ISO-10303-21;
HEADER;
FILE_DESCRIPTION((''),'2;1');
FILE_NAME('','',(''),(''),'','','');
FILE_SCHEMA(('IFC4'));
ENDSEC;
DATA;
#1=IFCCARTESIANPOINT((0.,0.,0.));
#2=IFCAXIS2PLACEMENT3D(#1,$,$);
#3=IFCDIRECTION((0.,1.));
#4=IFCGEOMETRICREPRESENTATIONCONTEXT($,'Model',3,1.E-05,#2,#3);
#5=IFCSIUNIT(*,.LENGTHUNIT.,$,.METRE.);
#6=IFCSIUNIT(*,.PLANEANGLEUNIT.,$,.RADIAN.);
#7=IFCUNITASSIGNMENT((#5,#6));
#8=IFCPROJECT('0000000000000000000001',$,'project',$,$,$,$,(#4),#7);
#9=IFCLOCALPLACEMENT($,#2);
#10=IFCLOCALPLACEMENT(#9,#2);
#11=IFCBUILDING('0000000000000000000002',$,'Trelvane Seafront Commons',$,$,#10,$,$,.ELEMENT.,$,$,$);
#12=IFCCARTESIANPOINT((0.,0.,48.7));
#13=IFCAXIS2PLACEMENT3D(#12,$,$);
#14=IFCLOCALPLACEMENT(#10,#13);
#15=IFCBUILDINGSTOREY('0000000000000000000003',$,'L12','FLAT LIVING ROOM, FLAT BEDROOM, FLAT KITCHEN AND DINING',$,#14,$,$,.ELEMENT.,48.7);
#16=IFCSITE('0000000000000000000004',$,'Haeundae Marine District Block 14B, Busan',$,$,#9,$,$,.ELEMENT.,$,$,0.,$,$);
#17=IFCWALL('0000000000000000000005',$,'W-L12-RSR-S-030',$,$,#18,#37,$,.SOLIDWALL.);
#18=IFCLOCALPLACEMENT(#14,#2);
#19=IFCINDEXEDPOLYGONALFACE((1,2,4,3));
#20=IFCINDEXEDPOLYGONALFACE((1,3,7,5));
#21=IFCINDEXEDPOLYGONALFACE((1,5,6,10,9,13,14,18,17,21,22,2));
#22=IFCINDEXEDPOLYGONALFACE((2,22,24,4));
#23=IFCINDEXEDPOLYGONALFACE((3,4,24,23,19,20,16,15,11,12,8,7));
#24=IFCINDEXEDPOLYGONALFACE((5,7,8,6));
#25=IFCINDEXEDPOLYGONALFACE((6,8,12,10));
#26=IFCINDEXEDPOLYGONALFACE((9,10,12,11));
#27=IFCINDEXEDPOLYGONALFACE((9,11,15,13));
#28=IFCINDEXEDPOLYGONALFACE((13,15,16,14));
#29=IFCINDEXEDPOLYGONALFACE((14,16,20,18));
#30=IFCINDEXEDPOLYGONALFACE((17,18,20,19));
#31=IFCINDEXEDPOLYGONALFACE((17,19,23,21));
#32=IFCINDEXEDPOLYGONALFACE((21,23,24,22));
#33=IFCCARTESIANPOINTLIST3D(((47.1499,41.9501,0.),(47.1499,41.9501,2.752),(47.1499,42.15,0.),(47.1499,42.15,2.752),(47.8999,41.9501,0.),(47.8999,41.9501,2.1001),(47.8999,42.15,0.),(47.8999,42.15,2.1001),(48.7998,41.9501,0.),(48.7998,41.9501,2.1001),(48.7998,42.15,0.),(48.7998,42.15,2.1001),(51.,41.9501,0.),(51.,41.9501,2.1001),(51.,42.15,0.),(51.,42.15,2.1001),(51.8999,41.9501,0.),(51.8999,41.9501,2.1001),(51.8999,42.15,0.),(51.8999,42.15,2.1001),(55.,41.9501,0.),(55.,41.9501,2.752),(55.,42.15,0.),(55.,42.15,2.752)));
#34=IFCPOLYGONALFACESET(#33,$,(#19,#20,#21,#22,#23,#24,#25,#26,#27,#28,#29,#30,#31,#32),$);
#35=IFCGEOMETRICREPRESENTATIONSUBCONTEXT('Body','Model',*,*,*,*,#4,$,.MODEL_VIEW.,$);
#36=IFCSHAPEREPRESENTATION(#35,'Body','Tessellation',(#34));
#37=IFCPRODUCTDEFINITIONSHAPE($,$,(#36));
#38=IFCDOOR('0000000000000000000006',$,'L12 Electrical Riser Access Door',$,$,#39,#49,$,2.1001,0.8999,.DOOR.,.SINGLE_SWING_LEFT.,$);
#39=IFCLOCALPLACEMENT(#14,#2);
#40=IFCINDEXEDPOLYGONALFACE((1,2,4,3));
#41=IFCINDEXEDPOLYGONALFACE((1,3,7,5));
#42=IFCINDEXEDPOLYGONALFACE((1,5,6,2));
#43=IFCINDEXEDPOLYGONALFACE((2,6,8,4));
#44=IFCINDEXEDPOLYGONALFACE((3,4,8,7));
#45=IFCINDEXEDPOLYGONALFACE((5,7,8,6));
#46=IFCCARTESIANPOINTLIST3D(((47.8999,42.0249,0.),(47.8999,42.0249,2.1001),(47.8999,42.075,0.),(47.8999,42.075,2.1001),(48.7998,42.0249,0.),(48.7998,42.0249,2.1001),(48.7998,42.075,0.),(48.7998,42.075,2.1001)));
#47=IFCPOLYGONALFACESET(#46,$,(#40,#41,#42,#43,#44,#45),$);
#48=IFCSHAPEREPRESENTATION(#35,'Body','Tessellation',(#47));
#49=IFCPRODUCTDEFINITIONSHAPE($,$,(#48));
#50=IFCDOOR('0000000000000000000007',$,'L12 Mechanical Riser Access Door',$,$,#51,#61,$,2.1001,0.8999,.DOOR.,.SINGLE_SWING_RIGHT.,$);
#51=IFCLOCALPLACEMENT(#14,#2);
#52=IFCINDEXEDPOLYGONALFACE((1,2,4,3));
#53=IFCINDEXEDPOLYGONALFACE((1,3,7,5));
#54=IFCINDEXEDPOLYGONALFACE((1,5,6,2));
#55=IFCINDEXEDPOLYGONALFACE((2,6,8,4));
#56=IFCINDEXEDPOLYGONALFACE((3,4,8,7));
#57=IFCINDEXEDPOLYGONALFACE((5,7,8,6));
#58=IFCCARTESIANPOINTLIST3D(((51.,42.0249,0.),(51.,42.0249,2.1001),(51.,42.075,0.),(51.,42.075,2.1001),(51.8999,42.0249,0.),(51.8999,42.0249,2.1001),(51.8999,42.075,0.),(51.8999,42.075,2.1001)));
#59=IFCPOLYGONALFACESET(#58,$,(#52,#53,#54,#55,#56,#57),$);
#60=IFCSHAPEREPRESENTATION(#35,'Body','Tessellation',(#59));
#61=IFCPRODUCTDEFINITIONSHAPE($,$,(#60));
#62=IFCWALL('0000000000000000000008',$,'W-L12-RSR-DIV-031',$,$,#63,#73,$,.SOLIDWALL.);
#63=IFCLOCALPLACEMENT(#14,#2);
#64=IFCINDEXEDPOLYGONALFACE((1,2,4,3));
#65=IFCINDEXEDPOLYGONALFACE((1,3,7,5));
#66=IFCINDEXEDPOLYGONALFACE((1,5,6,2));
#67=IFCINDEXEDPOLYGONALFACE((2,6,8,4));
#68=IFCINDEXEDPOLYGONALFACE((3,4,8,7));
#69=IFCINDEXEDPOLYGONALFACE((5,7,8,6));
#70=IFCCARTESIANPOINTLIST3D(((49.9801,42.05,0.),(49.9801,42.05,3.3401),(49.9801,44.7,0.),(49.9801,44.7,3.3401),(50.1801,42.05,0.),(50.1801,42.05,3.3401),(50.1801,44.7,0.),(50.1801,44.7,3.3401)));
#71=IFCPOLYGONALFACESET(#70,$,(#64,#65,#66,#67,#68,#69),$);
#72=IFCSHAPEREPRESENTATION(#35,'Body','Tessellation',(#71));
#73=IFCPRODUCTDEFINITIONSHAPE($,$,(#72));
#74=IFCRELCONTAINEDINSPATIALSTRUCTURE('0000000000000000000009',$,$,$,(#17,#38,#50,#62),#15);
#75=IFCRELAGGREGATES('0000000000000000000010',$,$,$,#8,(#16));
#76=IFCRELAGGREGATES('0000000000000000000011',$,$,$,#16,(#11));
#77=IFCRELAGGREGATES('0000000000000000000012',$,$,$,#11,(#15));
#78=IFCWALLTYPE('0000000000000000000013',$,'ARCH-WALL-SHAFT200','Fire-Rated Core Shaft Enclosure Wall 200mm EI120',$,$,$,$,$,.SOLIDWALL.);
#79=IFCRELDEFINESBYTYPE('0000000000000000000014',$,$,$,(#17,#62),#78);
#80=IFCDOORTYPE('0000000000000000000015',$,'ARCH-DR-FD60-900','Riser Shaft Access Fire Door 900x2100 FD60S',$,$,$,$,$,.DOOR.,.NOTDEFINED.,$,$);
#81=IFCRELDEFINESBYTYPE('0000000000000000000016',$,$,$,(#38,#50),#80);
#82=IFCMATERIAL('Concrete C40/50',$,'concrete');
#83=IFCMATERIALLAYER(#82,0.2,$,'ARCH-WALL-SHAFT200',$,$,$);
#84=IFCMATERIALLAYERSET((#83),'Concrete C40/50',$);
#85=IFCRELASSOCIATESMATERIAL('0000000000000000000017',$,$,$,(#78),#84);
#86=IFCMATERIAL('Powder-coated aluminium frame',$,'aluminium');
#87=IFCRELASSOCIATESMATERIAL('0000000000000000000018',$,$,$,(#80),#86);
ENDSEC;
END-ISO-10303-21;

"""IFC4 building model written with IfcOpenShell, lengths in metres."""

from ifc_helpers import new_model, si_unit, direction, frame, frame_2d, origin, place, context, subcontext, project, spatial, rectangle, extrude, source, transform, mapped, material, layer, layer_set, type_object, element, fill, save


model = new_model("IFC4")

# Units and contexts
model_context = context("Model", 3, precision=1e-05, world=origin(), true_north=direction((0.0, 1.0)))
body_context = subcontext(model_context, "Body", "Model", "MODEL_VIEW")
ifc_project = project(units=[si_unit("LENGTHUNIT", "METRE"), si_unit("PLANEANGLEUNIT", "RADIAN")], contexts=[model_context])

# Site, building, storey
site_placement = place(None, origin())
site = spatial("IfcSite", under=ifc_project, at=site_placement, Name="Haeundae Marine District Block 14B, Busan", CompositionType="ELEMENT", RefElevation=0.0)
building_placement = place(site_placement, origin())
building = spatial("IfcBuilding", under=site, at=building_placement, Name="Trelvane Seafront Commons", CompositionType="ELEMENT")
storey_placement = place(building_placement, frame((0.0, 0.0, 48.7)))
storey = spatial("IfcBuildingStorey", under=building, at=storey_placement, Name="L12", Description="FLAT LIVING ROOM, FLAT BEDROOM, FLAT KITCHEN AND DINING", CompositionType="ELEMENT", Elevation=48.7)

# Shared definitions
ifc_material_1 = material(Name="Concrete C40/50", Category="concrete")
ifc_layer_1 = layer(ifc_material_1, 0.2, Name="ARCH-WALL-SHAFT200")
ifc_layer_set_1 = layer_set([ifc_layer_1], Name="Concrete C40/50")
wall_type_1 = type_object("IfcWallType", Name="ARCH-WALL-SHAFT200", Description="Fire-Rated Core Shaft Enclosure Wall 200mm EI120", PredefinedType="SOLIDWALL", material=ifc_layer_set_1)

# Wall, openings, doors
wall_1_placement = place(storey_placement, frame((47.1499, 42.05, 0.0), z_axis=(0.0, 0.0, 1.0), x_axis=(1.0, 0.0, 0.0)))
wall_1 = element("IfcWall", 1, at=wall_1_placement, inside=storey, type_object=wall_type_1, Name="W-L12-RSR-S-030", PredefinedType="SOLIDWALL", context=body_context, shape_type="SweptSolid", body=[
    extrude(rectangle(XDim=7.8501, YDim=0.2, at=frame_2d((3.925, 0.0))), origin(), (0.0, 0.0, 1.0), 2.752),
])
opening_1_placement = place(wall_1_placement, frame((0.75, 0.0, 0.0)))
opening_1 = element("IfcOpeningElement", 2, at=opening_1_placement, cuts=wall_1, PredefinedType="OPENING", context=body_context, shape_type="SweptSolid", body=[
    extrude(rectangle(XDim=0.8999, YDim=2.1001, at=frame_2d((0.45, 1.05))), frame((0.0, 0.1099, 0.0), z_axis=(0.0, -1.0, 0.0), x_axis=(1.0, 0.0, 0.0)), (0.0, 0.0, 1.0), 0.22),
])
opening_2_placement = place(wall_1_placement, frame((3.8501, 0.0, 0.0)))
opening_2 = element("IfcOpeningElement", 3, at=opening_2_placement, cuts=wall_1, PredefinedType="OPENING", context=body_context, shape_type="SweptSolid", body=[
    extrude(rectangle(XDim=0.8999, YDim=2.1001, at=frame_2d((0.45, 1.05))), frame((0.0, 0.1099, 0.0), z_axis=(0.0, -1.0, 0.0), x_axis=(1.0, 0.0, 0.0)), (0.0, 0.0, 1.0), 0.22),
])
ifc_material_2 = material(Name="Powder-coated aluminium frame", Category="aluminium")
door_type_1 = type_object("IfcDoorType", Name="ARCH-DR-FD60-900", Description="Riser Shaft Access Fire Door 900x2100 FD60S", OperationType="NOTDEFINED", PredefinedType="DOOR", material=ifc_material_2)
shared_shape_1 = source(origin(), body_context, "Body", "SweptSolid", [
    extrude(rectangle(XDim=0.8999, YDim=2.1001, at=frame_2d((0.45, 1.05))), frame((0.0, 0.0249, 0.0), z_axis=(0.0, -1.0, 0.0), x_axis=(1.0, 0.0, 0.0)), (0.0, 0.0, 1.0), 0.05),
])
door_1_placement = place(opening_1_placement, origin())
door_1 = element("IfcDoor", 4, at=door_1_placement, inside=storey, type_object=door_type_1, Name="L12 Electrical Riser Access Door", OperationType="SINGLE_SWING_LEFT", OverallHeight=2.1001, OverallWidth=0.8999, PredefinedType="DOOR", context=body_context, shape_type="MappedRepresentation", body=[
    mapped(shared_shape_1, transform((0.0, 0.0, 0.0), x_axis=(1.0, 0.0, 0.0), y_axis=(0.0, 1.0, 0.0), z_axis=(0.0, 0.0, 1.0), scale=1.0)),
])
fill(opening_1, door_1)
door_2_placement = place(opening_2_placement, origin())
door_2 = element("IfcDoor", 5, at=door_2_placement, inside=storey, type_object=door_type_1, Name="L12 Mechanical Riser Access Door", OperationType="SINGLE_SWING_RIGHT", OverallHeight=2.1001, OverallWidth=0.8999, PredefinedType="DOOR", context=body_context, shape_type="MappedRepresentation", body=[
    mapped(shared_shape_1, transform((0.0, 0.0, 0.0), x_axis=(1.0, 0.0, 0.0), y_axis=(0.0, 1.0, 0.0), z_axis=(0.0, 0.0, 1.0), scale=1.0)),
])
fill(opening_2, door_2)

# Wall
wall_2_placement = place(storey_placement, frame((50.0801, 42.05, 0.0), z_axis=(0.0, 0.0, 1.0), x_axis=(0.0, 1.0, 0.0)))
element("IfcWall", 6, at=wall_2_placement, inside=storey, type_object=wall_type_1, Name="W-L12-RSR-DIV-031", PredefinedType="SOLIDWALL", context=body_context, shape_type="SweptSolid", body=[
    extrude(rectangle(XDim=2.6499, YDim=0.2, at=frame_2d((1.325, 0.0))), origin(), (0.0, 0.0, 1.0), 3.3401),
])

save(model, "model.ifc")
